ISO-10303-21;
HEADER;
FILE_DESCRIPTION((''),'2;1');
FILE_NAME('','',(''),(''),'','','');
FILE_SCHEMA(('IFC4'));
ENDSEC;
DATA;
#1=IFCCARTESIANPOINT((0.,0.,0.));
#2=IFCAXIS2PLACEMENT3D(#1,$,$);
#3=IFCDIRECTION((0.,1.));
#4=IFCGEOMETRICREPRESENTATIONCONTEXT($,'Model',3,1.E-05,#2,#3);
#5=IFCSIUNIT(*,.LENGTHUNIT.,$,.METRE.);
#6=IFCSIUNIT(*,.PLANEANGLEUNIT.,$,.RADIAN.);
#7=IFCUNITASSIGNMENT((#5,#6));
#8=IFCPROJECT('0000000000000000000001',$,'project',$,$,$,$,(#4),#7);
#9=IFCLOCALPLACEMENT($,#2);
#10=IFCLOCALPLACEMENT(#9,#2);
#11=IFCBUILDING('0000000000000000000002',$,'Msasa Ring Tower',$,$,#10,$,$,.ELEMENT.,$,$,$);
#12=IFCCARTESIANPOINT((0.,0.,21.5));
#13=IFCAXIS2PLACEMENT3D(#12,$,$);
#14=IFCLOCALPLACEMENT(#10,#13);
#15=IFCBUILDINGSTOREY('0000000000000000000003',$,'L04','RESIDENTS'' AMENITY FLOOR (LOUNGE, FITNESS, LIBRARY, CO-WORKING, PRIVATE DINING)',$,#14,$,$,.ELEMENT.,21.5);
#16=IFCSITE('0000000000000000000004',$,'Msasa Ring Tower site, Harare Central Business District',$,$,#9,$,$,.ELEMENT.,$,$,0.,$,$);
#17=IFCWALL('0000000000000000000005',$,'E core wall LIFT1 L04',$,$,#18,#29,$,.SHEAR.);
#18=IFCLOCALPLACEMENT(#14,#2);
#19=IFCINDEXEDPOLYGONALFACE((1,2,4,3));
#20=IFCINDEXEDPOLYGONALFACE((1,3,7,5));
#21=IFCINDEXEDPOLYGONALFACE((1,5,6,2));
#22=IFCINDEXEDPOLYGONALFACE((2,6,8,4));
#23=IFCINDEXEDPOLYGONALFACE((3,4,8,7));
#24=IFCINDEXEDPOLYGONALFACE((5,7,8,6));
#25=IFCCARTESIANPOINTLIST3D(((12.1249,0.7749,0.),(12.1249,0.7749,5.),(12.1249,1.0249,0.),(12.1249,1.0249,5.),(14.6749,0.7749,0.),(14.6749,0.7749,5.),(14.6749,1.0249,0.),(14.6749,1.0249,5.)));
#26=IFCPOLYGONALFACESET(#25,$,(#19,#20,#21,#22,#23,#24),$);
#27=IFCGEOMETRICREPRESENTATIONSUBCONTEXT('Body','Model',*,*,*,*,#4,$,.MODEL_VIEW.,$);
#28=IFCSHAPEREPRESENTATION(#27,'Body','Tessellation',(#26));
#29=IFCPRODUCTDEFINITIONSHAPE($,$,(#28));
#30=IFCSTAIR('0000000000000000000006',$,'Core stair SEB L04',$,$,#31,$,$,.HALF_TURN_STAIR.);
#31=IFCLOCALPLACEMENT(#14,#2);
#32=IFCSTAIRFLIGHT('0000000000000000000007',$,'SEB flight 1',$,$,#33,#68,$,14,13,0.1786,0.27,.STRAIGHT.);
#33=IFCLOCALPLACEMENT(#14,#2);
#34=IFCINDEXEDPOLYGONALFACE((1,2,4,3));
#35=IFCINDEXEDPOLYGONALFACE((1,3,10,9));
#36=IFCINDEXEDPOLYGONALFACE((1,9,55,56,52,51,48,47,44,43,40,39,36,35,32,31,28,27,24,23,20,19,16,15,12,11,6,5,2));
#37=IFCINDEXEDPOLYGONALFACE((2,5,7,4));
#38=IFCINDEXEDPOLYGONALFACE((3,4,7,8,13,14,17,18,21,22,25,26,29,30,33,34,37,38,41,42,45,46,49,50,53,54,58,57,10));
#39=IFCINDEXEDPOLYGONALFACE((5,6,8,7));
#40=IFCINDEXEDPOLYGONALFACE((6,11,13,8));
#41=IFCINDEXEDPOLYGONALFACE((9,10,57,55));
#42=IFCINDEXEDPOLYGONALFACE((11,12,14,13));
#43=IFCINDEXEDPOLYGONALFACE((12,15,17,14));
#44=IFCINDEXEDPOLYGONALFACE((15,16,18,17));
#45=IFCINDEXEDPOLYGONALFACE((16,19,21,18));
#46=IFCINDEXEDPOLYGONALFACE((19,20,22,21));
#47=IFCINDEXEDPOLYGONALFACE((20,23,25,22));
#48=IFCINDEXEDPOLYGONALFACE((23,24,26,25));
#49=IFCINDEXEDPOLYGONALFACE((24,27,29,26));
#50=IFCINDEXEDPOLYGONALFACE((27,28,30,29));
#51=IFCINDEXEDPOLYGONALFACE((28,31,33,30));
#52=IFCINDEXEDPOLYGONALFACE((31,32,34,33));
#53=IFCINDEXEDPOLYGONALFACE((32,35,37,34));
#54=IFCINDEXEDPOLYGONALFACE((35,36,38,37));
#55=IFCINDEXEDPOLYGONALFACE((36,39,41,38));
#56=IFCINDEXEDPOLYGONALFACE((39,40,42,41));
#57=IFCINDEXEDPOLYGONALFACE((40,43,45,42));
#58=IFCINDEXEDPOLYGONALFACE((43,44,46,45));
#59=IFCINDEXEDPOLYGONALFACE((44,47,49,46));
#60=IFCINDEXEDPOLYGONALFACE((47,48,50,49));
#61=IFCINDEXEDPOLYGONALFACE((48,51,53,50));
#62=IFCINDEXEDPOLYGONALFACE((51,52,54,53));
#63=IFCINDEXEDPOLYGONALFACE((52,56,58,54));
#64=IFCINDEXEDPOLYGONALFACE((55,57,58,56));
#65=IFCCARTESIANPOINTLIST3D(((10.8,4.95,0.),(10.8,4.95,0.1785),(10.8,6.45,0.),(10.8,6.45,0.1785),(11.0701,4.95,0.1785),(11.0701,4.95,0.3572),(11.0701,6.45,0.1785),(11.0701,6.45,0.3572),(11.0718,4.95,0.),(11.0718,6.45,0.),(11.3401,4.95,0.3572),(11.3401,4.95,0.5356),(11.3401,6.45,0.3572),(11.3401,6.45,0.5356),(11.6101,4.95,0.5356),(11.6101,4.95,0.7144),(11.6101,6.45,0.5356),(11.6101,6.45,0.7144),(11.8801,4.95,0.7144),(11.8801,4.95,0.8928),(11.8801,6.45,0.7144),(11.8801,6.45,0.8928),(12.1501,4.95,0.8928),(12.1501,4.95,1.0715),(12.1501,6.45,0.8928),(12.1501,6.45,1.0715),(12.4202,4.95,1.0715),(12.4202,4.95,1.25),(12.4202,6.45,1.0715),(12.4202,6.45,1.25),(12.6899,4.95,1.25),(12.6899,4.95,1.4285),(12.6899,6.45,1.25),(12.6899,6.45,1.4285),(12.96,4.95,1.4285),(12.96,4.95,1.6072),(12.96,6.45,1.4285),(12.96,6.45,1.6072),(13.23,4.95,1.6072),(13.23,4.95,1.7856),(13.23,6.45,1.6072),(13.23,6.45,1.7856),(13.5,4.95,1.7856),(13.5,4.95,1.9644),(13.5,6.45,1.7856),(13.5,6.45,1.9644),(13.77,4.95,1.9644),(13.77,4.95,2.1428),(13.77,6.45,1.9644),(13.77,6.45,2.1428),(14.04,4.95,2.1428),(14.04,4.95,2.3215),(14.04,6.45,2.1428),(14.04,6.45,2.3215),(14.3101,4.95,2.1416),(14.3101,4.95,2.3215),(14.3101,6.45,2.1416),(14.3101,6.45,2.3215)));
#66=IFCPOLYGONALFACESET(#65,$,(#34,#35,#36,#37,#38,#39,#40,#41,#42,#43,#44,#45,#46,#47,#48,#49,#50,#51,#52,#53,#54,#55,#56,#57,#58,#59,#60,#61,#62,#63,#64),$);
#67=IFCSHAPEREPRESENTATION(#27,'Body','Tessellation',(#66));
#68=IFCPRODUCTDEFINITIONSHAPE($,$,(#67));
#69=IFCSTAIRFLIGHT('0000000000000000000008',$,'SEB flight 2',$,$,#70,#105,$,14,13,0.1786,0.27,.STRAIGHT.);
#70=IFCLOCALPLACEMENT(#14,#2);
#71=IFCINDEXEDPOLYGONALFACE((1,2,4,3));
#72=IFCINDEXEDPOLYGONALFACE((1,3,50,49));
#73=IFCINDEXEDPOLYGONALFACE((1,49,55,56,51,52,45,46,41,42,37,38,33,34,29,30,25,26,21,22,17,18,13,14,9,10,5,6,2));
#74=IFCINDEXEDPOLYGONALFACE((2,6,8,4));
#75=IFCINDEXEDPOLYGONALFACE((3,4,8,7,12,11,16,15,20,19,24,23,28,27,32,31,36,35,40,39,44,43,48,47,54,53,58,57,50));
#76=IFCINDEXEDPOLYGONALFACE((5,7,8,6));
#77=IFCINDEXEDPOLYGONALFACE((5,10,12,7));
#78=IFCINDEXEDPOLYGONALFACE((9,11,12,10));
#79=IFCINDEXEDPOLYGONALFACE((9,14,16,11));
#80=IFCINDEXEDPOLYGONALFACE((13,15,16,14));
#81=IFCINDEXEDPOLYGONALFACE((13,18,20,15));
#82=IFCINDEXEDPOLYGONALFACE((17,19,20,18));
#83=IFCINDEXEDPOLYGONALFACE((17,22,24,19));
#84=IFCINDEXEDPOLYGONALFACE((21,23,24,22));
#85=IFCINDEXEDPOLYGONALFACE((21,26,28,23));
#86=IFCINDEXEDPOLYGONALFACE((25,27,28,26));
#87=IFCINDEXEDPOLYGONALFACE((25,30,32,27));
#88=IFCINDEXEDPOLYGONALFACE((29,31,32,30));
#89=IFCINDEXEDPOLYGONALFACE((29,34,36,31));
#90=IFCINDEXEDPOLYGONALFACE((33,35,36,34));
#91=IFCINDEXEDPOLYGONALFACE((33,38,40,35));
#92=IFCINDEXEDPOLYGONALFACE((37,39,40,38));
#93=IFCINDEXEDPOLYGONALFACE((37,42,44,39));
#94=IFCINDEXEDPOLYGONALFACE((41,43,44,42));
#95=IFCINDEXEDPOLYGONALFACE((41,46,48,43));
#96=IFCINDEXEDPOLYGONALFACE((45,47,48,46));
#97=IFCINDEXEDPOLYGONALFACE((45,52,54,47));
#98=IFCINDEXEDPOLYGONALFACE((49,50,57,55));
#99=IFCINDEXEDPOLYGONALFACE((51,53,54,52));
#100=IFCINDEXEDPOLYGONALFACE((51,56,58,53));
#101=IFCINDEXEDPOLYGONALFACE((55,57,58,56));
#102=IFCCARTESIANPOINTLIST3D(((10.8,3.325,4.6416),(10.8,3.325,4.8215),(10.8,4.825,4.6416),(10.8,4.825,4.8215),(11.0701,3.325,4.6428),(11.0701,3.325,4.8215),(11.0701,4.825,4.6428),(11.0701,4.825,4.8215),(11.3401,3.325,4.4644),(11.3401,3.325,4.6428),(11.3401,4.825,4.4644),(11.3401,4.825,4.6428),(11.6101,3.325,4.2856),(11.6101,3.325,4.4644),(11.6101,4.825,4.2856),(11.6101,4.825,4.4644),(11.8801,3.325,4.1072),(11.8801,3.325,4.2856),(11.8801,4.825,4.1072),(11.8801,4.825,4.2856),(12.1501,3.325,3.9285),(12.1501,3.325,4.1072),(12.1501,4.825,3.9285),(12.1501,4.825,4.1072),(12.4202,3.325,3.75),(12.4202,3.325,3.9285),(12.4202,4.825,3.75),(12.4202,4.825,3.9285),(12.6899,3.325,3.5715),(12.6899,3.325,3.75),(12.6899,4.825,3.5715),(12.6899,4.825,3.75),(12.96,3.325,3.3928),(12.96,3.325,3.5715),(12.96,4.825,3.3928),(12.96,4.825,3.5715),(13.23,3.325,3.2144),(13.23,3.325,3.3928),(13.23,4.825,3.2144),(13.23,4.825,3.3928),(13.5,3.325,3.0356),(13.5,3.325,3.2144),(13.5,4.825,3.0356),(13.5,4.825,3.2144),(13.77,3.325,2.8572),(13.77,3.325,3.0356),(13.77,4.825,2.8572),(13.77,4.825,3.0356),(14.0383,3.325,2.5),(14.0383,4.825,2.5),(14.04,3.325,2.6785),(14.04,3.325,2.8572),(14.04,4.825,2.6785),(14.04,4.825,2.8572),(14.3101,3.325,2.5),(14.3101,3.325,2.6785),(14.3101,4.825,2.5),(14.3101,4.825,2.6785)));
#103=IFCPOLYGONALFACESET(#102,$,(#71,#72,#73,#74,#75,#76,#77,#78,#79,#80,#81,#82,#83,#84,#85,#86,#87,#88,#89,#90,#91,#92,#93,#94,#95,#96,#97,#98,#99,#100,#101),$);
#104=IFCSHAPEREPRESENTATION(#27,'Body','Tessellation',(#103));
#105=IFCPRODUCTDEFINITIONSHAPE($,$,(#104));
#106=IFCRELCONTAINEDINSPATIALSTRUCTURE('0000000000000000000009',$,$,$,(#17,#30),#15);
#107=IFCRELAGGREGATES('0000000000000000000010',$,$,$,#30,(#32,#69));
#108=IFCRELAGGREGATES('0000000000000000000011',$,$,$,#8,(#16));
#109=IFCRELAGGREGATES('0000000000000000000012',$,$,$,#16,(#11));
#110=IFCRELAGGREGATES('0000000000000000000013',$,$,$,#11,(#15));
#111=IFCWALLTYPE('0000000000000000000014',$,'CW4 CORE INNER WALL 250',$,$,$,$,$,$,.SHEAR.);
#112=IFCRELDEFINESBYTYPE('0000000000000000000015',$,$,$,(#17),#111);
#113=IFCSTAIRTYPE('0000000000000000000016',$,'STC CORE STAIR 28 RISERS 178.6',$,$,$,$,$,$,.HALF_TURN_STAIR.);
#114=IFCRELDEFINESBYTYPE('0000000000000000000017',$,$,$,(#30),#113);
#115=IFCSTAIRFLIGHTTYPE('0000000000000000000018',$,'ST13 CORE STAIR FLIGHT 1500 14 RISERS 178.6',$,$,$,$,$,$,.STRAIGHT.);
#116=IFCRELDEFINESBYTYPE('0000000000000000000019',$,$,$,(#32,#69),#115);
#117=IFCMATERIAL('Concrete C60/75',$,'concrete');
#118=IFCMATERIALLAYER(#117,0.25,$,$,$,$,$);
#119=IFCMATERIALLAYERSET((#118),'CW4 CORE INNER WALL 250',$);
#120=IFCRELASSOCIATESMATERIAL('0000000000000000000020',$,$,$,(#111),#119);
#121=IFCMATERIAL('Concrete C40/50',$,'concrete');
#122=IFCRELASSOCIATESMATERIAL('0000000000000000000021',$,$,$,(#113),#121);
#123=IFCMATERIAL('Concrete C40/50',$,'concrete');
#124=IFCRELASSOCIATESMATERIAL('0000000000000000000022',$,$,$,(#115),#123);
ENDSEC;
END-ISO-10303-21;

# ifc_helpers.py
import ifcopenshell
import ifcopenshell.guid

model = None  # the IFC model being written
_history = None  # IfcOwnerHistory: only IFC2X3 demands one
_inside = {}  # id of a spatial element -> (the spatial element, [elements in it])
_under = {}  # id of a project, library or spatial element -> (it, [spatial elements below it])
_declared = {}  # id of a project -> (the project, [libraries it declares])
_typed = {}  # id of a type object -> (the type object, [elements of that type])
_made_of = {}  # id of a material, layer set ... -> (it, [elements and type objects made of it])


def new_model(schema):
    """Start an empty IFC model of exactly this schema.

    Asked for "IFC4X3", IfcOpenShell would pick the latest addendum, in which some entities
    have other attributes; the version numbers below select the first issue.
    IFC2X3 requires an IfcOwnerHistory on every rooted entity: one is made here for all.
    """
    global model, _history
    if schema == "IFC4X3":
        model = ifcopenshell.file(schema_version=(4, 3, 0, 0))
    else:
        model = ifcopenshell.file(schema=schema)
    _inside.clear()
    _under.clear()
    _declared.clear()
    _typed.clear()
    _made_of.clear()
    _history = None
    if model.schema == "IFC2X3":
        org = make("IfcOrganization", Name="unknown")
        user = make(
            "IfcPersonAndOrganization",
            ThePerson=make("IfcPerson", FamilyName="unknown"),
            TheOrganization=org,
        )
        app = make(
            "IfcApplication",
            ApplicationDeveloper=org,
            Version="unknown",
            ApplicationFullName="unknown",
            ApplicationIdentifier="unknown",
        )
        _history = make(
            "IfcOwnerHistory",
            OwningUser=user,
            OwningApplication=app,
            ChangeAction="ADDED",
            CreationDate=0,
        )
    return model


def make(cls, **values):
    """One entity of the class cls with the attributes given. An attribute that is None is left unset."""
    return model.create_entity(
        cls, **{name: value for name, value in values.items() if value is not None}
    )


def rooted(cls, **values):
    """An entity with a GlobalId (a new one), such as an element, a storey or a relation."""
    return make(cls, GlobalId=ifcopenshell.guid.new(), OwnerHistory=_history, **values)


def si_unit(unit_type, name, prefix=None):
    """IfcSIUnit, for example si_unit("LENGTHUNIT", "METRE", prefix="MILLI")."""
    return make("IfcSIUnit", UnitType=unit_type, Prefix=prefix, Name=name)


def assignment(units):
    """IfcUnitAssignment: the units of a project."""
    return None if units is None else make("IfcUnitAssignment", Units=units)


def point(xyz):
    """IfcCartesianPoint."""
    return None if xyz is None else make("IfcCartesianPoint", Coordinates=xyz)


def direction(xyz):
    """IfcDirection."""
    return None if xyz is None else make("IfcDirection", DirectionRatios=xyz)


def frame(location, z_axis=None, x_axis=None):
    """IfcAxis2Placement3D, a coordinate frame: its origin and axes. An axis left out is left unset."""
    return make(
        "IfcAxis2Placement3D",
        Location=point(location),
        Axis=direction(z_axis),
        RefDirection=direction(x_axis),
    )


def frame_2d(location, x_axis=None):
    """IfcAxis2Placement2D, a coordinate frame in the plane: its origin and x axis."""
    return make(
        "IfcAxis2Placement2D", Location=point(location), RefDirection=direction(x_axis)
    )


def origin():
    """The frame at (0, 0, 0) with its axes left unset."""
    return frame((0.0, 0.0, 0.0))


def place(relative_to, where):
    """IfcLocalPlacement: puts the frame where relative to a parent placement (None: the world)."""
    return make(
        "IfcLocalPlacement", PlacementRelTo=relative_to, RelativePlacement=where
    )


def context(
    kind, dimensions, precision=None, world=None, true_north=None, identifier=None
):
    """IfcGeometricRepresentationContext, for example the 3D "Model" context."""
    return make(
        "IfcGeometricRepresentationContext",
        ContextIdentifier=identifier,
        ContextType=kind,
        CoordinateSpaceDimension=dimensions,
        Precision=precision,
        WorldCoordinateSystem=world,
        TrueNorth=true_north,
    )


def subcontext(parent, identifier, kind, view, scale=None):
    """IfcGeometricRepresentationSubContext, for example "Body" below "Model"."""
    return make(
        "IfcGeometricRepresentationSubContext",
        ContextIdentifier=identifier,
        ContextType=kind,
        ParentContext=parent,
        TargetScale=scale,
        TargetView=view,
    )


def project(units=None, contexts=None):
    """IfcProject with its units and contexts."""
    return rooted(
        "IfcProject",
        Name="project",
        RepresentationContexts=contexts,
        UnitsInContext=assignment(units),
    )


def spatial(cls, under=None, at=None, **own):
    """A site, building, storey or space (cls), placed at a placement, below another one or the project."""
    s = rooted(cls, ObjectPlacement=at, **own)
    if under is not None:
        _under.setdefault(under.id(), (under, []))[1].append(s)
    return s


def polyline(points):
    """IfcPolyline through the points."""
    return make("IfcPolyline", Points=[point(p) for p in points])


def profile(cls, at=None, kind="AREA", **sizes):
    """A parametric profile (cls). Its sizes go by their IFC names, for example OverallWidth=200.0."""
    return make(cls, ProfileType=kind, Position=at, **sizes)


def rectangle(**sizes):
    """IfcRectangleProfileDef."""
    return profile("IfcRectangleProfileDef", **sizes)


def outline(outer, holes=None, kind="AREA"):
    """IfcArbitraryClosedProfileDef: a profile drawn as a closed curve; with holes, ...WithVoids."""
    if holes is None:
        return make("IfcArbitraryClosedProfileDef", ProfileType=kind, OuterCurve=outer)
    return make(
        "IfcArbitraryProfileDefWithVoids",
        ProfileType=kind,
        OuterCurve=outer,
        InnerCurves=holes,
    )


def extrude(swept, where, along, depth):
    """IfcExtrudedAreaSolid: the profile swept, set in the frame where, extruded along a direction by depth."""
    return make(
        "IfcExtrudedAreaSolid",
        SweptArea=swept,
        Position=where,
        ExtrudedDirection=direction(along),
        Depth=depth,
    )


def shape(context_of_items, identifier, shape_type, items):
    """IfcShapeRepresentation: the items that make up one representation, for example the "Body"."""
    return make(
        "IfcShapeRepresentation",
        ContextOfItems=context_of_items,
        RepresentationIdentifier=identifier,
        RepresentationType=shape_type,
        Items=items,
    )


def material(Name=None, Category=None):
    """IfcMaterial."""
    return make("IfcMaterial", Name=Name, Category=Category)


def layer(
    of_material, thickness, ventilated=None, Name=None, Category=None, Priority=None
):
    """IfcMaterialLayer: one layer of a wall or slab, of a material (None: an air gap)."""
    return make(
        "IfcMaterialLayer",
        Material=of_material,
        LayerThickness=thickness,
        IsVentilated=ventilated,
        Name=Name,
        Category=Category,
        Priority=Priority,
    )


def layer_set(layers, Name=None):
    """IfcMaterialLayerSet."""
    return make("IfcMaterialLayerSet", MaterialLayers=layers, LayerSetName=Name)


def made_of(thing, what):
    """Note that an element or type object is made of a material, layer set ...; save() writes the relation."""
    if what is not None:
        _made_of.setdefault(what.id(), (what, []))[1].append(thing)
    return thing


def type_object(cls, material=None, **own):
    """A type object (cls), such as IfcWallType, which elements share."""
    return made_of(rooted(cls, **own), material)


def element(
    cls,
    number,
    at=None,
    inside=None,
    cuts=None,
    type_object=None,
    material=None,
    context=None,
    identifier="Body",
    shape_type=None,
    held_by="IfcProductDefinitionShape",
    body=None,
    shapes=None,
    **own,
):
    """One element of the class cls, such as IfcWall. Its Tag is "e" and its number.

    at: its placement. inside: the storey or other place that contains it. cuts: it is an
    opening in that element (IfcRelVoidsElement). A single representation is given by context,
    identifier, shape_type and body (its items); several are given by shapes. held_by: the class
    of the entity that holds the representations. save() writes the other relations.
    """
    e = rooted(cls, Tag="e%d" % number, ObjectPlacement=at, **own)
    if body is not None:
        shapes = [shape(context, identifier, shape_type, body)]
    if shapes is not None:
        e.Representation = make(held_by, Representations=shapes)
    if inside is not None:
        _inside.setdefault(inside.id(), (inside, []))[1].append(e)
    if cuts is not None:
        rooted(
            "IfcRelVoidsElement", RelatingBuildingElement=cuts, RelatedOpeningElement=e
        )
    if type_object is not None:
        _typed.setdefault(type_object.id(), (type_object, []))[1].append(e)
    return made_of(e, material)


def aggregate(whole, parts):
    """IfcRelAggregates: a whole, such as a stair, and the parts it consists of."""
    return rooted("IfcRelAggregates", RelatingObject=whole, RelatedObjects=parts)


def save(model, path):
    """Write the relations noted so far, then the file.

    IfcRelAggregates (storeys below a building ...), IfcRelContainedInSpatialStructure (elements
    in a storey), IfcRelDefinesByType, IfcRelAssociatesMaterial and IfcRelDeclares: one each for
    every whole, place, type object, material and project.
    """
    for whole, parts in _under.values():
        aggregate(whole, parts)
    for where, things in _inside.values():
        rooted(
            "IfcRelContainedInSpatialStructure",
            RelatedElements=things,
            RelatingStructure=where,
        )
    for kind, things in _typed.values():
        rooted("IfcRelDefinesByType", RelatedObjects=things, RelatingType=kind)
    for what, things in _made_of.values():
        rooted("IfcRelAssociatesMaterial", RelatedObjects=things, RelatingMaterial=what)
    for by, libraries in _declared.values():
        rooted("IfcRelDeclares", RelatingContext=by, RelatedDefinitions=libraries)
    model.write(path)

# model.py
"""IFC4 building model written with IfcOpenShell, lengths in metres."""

from ifc_helpers import new_model, si_unit, direction, frame, frame_2d, origin, place, context, subcontext, project, spatial, polyline, rectangle, outline, extrude, material, layer, layer_set, type_object, element, aggregate, save


model = new_model("IFC4")

# Units and contexts
model_context = context("Model", 3, precision=1e-05, world=origin(), true_north=direction((0.0, 1.0)))
body_context = subcontext(model_context, "Body", "Model", "MODEL_VIEW")
ifc_project = project(units=[si_unit("LENGTHUNIT", "METRE"), si_unit("PLANEANGLEUNIT", "RADIAN")], contexts=[model_context])

# Site, building, storey
site_placement = place(None, origin())
site = spatial("IfcSite", under=ifc_project, at=site_placement, Name="Msasa Ring Tower site, Harare Central Business District", CompositionType="ELEMENT", RefElevation=0.0)
building_placement = place(site_placement, origin())
building = spatial("IfcBuilding", under=site, at=building_placement, Name="Msasa Ring Tower", CompositionType="ELEMENT")
storey_placement = place(building_placement, frame((0.0, 0.0, 21.5)))
storey = spatial("IfcBuildingStorey", under=building, at=storey_placement, Name="L04", Description="RESIDENTS' AMENITY FLOOR (LOUNGE, FITNESS, LIBRARY, CO-WORKING, PRIVATE DINING)", CompositionType="ELEMENT", Elevation=21.5)

# Wall
ifc_material_1 = material(Name="Concrete C60/75", Category="concrete")
ifc_layer_1 = layer(ifc_material_1, 0.25)
ifc_layer_set_1 = layer_set([ifc_layer_1], Name="CW4 CORE INNER WALL 250")
wall_type = type_object("IfcWallType", Name="CW4 CORE INNER WALL 250", PredefinedType="SHEAR", material=ifc_layer_set_1)
wall_1_placement = place(storey_placement, frame((12.125, 0.8999, 0.0), z_axis=(0.0, 0.0, 1.0), x_axis=(1.0, 0.0, 0.0)))
element("IfcWall", 1, at=wall_1_placement, inside=storey, type_object=wall_type, Name="E core wall LIFT1 L04", PredefinedType="SHEAR", context=body_context, shape_type="SweptSolid", body=[
    extrude(rectangle(XDim=2.55, YDim=0.25, at=frame_2d((1.2749, 0.0))), origin(), (0.0, 0.0, 1.0), 5.0),
])

# Stair, stair flights
ifc_material_2 = material(Name="Concrete C40/50", Category="concrete")
stair_type = type_object("IfcStairType", Name="STC CORE STAIR 28 RISERS 178.6", PredefinedType="HALF_TURN_STAIR", material=ifc_material_2)
stair_placement = place(storey_placement, origin())
stair = element("IfcStair", 2, at=stair_placement, inside=storey, type_object=stair_type, Name="Core stair SEB L04", PredefinedType="HALF_TURN_STAIR")
ifc_material_3 = material(Name="Concrete C40/50", Category="concrete")
stair_flight_type = type_object("IfcStairFlightType", Name="ST13 CORE STAIR FLIGHT 1500 14 RISERS 178.6", PredefinedType="STRAIGHT", material=ifc_material_3)
stair_flight_1_placement = place(storey_placement, frame((10.8, 5.7, 0.0), z_axis=(0.0, 0.0, 1.0), x_axis=(1.0, 0.0, 0.0)))
stair_flight_1 = element("IfcStairFlight", 3, at=stair_flight_1_placement, type_object=stair_flight_type, Name="SEB flight 1", NumberOfRisers=14, NumberOfTreads=13, PredefinedType="STRAIGHT", RiserHeight=0.1786, TreadLength=0.27, context=body_context, shape_type="SweptSolid", body=[
    extrude(outline(polyline([(0.0, 0.0), (0.0, 0.1785), (0.27, 0.1785), (0.27, 0.3572), (0.54, 0.3572), (0.54, 0.5356), (0.8101, 0.5356), (0.8101, 0.7144), (1.0801, 0.7144), (1.0801, 0.8928), (1.3501, 0.8928), (1.3501, 1.0715), (1.6201, 1.0715), (1.6201, 1.25), (1.8899, 1.25), (1.8899, 1.4285), (2.1599, 1.4285), (2.1599, 1.6072), (2.4299, 1.6072), (2.4299, 1.7856), (2.7, 1.7856), (2.7, 1.9644), (2.97, 1.9644), (2.97, 2.1428), (3.24, 2.1428), (3.24, 2.3215), (3.51, 2.3215), (3.51, 2.5), (3.51, 2.1416), (0.2717, 0.0), (0.0, 0.0)])), frame((0.0, 0.75, 0.0), z_axis=(0.0, -1.0, 0.0), x_axis=(1.0, 0.0, 0.0)), (0.0, 0.0, 1.0), 1.5),
])
stair_flight_2_placement = place(storey_placement, frame((14.3101, 4.075, 2.5), z_axis=(0.0, 0.0, 1.0), x_axis=(-1.0, 0.0, 0.0)))
stair_flight_2 = element("IfcStairFlight", 4, at=stair_flight_2_placement, type_object=stair_flight_type, Name="SEB flight 2", NumberOfRisers=14, NumberOfTreads=13, PredefinedType="STRAIGHT", RiserHeight=0.1786, TreadLength=0.27, context=body_context, shape_type="SweptSolid", body=[
    extrude(outline(polyline([(0.0, 0.0), (0.0, 0.1785), (0.27, 0.1785), (0.27, 0.3572), (0.54, 0.3572), (0.54, 0.5356), (0.8101, 0.5356), (0.8101, 0.7144), (1.0801, 0.7144), (1.0801, 0.8928), (1.3501, 0.8928), (1.3501, 1.0715), (1.6201, 1.0715), (1.6201, 1.25), (1.8899, 1.25), (1.8899, 1.4285), (2.1599, 1.4285), (2.1599, 1.6072), (2.4299, 1.6072), (2.4299, 1.7856), (2.7, 1.7856), (2.7, 1.9644), (2.97, 1.9644), (2.97, 2.1428), (3.24, 2.1428), (3.24, 2.3215), (3.51, 2.3215), (3.51, 2.5), (3.51, 2.1416), (0.2717, 0.0), (0.0, 0.0)])), frame((0.0, 0.75, 0.0), z_axis=(0.0, -1.0, 0.0), x_axis=(1.0, 0.0, 0.0)), (0.0, 0.0, 1.0), 1.5),
])
aggregate(stair, [stair_flight_1, stair_flight_2])

save(model, "model.ifc")
